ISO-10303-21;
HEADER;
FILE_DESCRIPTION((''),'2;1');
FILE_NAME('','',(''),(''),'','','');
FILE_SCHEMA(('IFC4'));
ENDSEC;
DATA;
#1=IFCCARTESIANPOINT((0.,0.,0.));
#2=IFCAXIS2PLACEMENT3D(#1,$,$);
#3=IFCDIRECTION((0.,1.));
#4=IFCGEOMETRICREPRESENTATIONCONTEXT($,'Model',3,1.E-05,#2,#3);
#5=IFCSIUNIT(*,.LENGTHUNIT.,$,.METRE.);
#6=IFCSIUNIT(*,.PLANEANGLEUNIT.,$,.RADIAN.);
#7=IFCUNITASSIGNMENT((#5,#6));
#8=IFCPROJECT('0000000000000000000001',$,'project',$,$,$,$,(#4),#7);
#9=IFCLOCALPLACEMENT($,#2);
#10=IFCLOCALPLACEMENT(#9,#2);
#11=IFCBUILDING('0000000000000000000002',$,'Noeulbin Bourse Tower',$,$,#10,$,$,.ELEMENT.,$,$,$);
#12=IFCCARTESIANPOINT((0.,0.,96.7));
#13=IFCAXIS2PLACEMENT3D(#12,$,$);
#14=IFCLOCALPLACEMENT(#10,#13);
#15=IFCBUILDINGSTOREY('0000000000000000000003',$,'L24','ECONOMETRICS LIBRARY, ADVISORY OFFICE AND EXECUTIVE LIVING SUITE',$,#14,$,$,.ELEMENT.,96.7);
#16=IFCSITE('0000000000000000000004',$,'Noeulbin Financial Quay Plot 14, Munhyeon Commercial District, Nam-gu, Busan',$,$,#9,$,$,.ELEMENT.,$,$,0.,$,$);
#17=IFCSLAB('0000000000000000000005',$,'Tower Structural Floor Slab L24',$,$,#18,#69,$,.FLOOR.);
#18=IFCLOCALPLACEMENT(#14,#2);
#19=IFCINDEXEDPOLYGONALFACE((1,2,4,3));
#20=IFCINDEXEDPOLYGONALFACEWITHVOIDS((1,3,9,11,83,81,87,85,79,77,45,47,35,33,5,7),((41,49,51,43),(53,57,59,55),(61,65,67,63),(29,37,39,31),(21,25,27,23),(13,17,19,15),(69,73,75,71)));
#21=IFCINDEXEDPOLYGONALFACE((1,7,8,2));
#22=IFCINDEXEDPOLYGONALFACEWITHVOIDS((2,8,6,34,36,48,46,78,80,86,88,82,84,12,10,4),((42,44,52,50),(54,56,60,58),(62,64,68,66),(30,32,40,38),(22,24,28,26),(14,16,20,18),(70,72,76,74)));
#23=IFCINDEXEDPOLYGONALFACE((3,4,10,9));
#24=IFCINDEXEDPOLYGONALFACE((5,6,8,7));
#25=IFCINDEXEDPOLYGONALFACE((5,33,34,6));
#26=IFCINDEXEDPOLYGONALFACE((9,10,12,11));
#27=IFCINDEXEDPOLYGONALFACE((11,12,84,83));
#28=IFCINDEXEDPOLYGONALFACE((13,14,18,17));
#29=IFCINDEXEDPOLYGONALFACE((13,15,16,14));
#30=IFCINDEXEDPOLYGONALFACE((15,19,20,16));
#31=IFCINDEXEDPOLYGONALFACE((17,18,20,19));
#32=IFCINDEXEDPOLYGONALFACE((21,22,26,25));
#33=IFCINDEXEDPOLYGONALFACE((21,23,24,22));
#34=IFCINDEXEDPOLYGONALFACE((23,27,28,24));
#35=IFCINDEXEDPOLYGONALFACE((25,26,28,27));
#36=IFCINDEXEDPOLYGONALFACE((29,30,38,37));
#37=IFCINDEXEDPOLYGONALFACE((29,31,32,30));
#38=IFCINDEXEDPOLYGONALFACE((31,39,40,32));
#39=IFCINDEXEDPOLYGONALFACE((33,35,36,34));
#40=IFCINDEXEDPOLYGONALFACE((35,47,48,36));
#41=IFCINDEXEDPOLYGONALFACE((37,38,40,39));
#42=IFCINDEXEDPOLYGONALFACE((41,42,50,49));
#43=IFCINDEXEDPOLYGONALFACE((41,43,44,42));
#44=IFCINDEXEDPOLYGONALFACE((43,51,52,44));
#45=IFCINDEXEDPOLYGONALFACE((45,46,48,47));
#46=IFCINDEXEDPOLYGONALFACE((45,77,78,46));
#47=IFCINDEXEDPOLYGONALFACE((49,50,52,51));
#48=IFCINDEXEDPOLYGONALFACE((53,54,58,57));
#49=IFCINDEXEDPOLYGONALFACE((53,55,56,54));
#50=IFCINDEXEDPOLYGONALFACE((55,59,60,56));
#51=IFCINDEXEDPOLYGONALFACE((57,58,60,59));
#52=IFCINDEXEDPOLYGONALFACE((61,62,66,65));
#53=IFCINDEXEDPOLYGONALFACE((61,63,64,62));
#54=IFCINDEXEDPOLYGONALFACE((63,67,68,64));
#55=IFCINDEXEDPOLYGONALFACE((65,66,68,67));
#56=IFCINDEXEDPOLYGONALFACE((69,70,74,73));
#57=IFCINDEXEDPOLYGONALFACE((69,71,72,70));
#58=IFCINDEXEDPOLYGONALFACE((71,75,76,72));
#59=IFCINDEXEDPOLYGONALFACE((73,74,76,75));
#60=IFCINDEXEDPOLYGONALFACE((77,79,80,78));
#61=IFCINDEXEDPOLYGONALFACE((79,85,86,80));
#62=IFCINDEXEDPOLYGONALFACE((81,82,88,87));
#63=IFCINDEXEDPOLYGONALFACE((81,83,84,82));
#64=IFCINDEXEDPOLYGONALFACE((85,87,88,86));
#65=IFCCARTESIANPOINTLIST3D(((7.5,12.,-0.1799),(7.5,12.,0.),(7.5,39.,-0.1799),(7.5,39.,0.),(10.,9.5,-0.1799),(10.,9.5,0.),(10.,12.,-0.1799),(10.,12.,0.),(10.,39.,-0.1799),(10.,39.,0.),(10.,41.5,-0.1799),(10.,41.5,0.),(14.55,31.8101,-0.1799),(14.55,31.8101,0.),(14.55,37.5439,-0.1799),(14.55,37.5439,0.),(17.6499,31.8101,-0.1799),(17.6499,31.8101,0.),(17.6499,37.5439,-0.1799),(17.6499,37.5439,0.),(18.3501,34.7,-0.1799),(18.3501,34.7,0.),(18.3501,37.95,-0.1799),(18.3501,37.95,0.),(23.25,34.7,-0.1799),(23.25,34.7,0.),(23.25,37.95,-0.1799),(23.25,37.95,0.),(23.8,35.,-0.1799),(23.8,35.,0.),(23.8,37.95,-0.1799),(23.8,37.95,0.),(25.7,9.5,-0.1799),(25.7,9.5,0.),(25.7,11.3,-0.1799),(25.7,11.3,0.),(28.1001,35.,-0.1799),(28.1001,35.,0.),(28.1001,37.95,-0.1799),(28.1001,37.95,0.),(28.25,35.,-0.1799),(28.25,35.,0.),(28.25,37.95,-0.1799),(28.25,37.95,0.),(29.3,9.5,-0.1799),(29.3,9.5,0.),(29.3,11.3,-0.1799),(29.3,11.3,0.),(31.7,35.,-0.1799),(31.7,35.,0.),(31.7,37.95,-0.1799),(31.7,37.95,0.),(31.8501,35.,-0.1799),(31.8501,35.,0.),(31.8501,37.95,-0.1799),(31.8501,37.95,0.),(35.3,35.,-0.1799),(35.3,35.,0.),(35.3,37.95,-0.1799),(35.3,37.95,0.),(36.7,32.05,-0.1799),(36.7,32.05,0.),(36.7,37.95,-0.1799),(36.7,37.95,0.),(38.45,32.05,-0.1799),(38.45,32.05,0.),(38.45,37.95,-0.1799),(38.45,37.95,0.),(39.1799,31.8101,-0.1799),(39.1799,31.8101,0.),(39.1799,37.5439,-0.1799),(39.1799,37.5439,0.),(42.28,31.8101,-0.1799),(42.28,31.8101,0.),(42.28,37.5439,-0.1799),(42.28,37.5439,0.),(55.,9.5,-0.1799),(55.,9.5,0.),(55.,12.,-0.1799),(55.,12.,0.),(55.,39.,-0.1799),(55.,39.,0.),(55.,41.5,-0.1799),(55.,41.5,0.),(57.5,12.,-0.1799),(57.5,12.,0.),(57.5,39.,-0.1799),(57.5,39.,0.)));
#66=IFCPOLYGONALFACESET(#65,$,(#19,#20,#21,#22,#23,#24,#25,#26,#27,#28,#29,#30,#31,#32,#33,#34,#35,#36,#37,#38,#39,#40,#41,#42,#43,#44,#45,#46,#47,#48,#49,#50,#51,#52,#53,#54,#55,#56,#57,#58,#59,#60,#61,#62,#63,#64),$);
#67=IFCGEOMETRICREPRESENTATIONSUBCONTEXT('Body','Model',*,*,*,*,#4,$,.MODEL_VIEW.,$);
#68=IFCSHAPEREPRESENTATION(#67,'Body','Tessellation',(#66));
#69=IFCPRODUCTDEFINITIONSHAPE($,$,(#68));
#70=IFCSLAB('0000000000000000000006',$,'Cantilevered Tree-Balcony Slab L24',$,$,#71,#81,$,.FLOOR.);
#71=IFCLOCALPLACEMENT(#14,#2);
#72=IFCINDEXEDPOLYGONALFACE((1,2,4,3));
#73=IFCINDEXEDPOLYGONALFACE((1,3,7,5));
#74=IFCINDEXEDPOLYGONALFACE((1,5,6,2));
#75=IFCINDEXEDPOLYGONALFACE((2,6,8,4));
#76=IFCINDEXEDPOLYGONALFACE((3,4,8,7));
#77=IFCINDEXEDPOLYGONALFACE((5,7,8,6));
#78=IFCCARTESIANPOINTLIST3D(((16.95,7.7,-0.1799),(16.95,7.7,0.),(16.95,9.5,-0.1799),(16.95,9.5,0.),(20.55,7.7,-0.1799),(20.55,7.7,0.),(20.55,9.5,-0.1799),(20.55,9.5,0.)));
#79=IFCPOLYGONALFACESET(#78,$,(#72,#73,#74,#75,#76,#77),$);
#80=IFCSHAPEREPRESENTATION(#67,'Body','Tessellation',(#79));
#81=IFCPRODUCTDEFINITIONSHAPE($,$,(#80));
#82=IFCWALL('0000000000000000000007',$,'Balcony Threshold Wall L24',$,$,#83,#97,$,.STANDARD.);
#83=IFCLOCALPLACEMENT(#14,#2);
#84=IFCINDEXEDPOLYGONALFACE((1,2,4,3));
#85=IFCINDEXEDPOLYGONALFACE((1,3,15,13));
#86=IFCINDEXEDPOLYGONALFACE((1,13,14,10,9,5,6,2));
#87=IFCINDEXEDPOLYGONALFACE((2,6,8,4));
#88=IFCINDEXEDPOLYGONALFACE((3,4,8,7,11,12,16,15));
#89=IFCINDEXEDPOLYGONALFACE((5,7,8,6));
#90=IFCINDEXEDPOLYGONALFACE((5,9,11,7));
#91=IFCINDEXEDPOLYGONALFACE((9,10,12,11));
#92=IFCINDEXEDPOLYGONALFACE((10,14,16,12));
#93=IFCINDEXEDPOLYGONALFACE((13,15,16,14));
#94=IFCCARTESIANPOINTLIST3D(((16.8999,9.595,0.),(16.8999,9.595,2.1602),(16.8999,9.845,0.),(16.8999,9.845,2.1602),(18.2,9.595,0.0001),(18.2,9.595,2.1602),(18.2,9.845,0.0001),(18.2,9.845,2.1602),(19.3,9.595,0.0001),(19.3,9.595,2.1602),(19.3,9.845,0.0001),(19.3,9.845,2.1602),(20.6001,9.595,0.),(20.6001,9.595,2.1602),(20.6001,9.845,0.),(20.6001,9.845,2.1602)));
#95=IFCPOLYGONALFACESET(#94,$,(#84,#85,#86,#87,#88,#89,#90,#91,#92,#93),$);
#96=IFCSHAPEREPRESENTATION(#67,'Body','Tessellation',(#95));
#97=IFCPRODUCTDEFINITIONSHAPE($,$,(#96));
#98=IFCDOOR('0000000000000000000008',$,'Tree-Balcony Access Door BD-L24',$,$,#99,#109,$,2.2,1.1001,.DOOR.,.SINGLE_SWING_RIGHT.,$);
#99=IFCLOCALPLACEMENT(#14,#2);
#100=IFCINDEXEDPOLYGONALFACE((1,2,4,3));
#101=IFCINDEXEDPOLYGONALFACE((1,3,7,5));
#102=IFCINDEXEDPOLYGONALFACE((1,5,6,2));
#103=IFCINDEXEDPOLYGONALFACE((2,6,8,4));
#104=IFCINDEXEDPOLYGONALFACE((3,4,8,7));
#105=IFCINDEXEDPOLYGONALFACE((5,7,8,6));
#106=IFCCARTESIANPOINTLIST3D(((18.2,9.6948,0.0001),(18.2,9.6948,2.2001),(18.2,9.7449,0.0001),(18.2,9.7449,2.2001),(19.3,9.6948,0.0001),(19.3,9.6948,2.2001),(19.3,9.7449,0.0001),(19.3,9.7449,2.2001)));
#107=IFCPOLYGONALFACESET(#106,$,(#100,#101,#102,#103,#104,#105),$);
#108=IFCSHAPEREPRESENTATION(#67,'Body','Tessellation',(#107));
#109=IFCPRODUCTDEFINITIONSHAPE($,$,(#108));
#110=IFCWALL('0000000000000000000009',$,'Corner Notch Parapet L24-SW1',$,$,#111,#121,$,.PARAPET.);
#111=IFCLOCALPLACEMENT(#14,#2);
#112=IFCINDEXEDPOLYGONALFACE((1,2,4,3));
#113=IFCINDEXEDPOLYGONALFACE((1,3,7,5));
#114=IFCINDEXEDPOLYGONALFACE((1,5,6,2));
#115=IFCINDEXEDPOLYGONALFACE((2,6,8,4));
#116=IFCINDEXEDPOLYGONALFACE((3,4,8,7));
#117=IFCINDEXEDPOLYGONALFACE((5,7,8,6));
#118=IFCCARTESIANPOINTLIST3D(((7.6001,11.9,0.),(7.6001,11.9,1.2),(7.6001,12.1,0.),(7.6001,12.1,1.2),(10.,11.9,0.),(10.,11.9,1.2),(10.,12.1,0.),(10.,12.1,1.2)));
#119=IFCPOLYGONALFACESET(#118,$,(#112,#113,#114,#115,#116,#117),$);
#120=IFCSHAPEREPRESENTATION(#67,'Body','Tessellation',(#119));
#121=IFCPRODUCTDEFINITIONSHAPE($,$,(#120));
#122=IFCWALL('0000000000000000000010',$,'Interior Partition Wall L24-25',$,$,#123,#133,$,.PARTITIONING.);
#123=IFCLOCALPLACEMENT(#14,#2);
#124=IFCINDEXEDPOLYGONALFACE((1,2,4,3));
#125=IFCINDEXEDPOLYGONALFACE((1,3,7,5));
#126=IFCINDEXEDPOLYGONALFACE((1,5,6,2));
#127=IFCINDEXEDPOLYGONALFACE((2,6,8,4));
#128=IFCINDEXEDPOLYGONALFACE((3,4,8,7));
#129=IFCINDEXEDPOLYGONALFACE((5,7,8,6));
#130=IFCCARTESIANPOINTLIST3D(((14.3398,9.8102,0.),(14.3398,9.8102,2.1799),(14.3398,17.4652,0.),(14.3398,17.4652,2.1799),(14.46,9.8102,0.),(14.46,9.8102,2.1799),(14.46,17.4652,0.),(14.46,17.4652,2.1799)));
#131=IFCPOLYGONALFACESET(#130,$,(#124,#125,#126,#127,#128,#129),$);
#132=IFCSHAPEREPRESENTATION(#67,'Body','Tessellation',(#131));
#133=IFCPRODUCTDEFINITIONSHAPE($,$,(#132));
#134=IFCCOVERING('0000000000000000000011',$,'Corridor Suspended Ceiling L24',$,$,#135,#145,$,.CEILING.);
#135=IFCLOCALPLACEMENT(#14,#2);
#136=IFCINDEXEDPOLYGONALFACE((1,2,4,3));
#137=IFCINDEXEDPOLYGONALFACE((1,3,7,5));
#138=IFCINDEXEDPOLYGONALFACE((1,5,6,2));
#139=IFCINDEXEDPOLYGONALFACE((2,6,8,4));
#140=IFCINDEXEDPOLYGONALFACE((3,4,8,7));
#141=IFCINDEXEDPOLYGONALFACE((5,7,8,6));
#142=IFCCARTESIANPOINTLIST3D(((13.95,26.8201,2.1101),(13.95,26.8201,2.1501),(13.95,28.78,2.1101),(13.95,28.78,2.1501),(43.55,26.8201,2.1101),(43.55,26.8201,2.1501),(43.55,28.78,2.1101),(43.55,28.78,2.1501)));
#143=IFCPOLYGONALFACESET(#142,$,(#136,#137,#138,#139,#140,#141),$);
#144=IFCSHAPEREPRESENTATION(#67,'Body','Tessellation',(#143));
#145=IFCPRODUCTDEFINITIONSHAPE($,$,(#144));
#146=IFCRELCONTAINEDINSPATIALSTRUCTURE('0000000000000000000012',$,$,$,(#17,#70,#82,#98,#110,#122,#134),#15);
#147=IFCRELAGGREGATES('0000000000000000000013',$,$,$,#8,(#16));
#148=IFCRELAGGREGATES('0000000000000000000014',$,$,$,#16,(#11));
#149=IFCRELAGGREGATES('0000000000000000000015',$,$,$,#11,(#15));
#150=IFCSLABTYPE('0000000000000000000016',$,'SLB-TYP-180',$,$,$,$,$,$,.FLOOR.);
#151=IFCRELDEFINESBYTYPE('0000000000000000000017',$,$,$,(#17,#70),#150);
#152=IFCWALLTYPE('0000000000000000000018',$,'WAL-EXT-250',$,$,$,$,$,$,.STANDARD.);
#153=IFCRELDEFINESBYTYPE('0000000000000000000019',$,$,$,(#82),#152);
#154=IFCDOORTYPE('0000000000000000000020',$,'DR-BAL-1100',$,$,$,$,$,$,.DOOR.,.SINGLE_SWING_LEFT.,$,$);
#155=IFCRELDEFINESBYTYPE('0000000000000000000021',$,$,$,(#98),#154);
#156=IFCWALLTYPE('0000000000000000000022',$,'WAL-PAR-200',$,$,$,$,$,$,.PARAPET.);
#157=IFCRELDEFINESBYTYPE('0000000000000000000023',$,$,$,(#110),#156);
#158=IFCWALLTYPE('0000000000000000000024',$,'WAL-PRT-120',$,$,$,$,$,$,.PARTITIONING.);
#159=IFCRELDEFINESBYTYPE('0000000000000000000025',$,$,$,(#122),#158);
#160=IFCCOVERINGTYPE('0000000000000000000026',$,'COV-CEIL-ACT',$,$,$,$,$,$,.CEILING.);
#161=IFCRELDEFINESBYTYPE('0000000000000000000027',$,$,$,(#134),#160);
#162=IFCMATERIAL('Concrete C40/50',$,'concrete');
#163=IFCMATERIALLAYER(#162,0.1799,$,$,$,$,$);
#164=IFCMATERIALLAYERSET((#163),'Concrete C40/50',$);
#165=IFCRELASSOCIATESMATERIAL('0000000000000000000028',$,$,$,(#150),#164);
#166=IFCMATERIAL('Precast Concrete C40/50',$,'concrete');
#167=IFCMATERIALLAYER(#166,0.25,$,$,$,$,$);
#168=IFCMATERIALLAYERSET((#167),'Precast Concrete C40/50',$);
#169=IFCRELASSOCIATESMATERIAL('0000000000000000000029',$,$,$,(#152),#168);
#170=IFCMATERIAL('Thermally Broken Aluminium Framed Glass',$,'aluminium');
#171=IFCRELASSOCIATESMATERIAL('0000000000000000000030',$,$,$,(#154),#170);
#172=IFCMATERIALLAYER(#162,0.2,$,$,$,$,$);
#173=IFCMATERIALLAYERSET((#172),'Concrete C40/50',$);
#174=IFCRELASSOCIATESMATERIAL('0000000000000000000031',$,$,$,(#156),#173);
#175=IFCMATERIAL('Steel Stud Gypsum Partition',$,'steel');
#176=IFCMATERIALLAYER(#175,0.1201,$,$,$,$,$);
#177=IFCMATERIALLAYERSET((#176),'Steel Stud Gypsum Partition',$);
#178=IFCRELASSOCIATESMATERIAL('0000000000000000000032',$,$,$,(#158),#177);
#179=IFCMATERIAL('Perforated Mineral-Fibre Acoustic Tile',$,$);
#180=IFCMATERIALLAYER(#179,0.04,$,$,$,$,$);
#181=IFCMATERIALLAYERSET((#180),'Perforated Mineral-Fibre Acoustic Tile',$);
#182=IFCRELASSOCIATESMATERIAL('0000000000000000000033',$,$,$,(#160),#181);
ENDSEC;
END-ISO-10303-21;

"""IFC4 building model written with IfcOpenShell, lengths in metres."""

from ifc_helpers import new_model, si_unit, direction, frame, frame_2d, origin, place, context, subcontext, project, spatial, polyline, rectangle, outline, extrude, material, layer, layer_set, type_object, element, fill, save


model = new_model("IFC4")

# Units and contexts
model_context = context("Model", 3, precision=1e-05, world=origin(), true_north=direction((0.0, 1.0)))
body_context = subcontext(model_context, "Body", "Model", "MODEL_VIEW")
ifc_project = project(units=[si_unit("LENGTHUNIT", "METRE"), si_unit("PLANEANGLEUNIT", "RADIAN")], contexts=[model_context])

# Site, building, storey
site_placement = place(None, origin())
site = spatial("IfcSite", under=ifc_project, at=site_placement, Name="Noeulbin Financial Quay Plot 14, Munhyeon Commercial District, Nam-gu, Busan", CompositionType="ELEMENT", RefElevation=0.0)
building_placement = place(site_placement, origin())
building = spatial("IfcBuilding", under=site, at=building_placement, Name="Noeulbin Bourse Tower", CompositionType="ELEMENT")
storey_placement = place(building_placement, frame((0.0, 0.0, 96.7)))
storey = spatial("IfcBuildingStorey", under=building, at=storey_placement, Name="L24", Description="ECONOMETRICS LIBRARY, ADVISORY OFFICE AND EXECUTIVE LIVING SUITE", CompositionType="ELEMENT", Elevation=96.7)

# Shared definitions
ifc_material_1 = material(Name="Concrete C40/50", Category="concrete")

# Slab, openings
ifc_layer_1 = layer(ifc_material_1, 0.1799)
ifc_layer_set_1 = layer_set([ifc_layer_1], Name="Concrete C40/50")
slab_type_1 = type_object("IfcSlabType", Name="SLB-TYP-180", PredefinedType="FLOOR", material=ifc_layer_set_1)
slab_1_placement = place(storey_placement, frame((0.0, 0.0, -0.1799)))
slab_1 = element("IfcSlab", 1, at=slab_1_placement, inside=storey, type_object=slab_type_1, Name="Tower Structural Floor Slab L24", PredefinedType="FLOOR", context=body_context, shape_type="SweptSolid", body=[
    extrude(outline(polyline([(10.0, 9.5), (25.7, 9.5), (25.7, 11.3), (29.3, 11.3), (29.3, 9.5), (55.0, 9.5), (55.0, 12.0), (57.5, 12.0), (57.5, 39.0), (55.0, 39.0), (55.0, 41.5), (10.0, 41.5), (10.0, 39.0), (7.5, 39.0), (7.5, 12.0), (10.0, 12.0), (10.0, 9.5)]), holes=[polyline([(17.6499, 31.8101), (17.6499, 37.5439), (14.55, 37.5439), (14.55, 31.8101), (17.6499, 31.8101)]), polyline([(42.28, 31.8101), (42.28, 37.5439), (39.1799, 37.5439), (39.1799, 31.8101), (42.28, 31.8101)]), polyline([(18.3501, 34.7), (23.25, 34.7), (23.25, 37.95), (18.3501, 37.95), (18.3501, 34.7)]), polyline([(36.7, 32.05), (38.45, 32.05), (38.45, 37.95), (36.7, 37.95), (36.7, 32.05)]), polyline([(23.8, 35.0), (28.1001, 35.0), (28.1001, 37.95), (23.8, 37.95), (23.8, 35.0)]), polyline([(28.25, 35.0), (31.7, 35.0), (31.7, 37.95), (28.25, 37.95), (28.25, 35.0)]), polyline([(31.8501, 35.0), (35.3, 35.0), (35.3, 37.95), (31.8501, 37.95), (31.8501, 35.0)])]), origin(), (0.0, 0.0, 1.0), 0.1799),
])
opening_1_placement = place(slab_1_placement, frame((0.0, 0.0, -0.01)))
element("IfcOpeningElement", 2, at=opening_1_placement, cuts=slab_1, PredefinedType="OPENING", context=body_context, shape_type="SweptSolid", body=[
    extrude(outline(polyline([(17.6499, 31.8101), (17.6499, 37.5439), (14.55, 37.5439), (14.55, 31.8101), (17.6499, 31.8101)])), origin(), (0.0, 0.0, 1.0), 0.2),
])
opening_2_placement = place(slab_1_placement, frame((0.0, 0.0, -0.01)))
element("IfcOpeningElement", 3, at=opening_2_placement, cuts=slab_1, PredefinedType="OPENING", context=body_context, shape_type="SweptSolid", body=[
    extrude(outline(polyline([(42.28, 31.8101), (42.28, 37.5439), (39.1799, 37.5439), (39.1799, 31.8101), (42.28, 31.8101)])), origin(), (0.0, 0.0, 1.0), 0.2),
])
opening_3_placement = place(slab_1_placement, frame((0.0, 0.0, -0.01)))
element("IfcOpeningElement", 4, at=opening_3_placement, cuts=slab_1, PredefinedType="OPENING", context=body_context, shape_type="SweptSolid", body=[
    extrude(outline(polyline([(18.3501, 34.7), (23.25, 34.7), (23.25, 37.95), (18.3501, 37.95), (18.3501, 34.7)])), origin(), (0.0, 0.0, 1.0), 0.2),
])
opening_4_placement = place(slab_1_placement, frame((0.0, 0.0, -0.01)))
element("IfcOpeningElement", 5, at=opening_4_placement, cuts=slab_1, PredefinedType="OPENING", context=body_context, shape_type="SweptSolid", body=[
    extrude(outline(polyline([(36.7, 32.05), (38.45, 32.05), (38.45, 37.95), (36.7, 37.95), (36.7, 32.05)])), origin(), (0.0, 0.0, 1.0), 0.2),
])
opening_5_placement = place(slab_1_placement, frame((0.0, 0.0, -0.01)))
element("IfcOpeningElement", 6, at=opening_5_placement, cuts=slab_1, PredefinedType="OPENING", context=body_context, shape_type="SweptSolid", body=[
    extrude(outline(polyline([(23.8, 35.0), (28.1001, 35.0), (28.1001, 37.95), (23.8, 37.95), (23.8, 35.0)])), origin(), (0.0, 0.0, 1.0), 0.2),
])
opening_6_placement = place(slab_1_placement, frame((0.0, 0.0, -0.01)))
element("IfcOpeningElement", 7, at=opening_6_placement, cuts=slab_1, PredefinedType="OPENING", context=body_context, shape_type="SweptSolid", body=[
    extrude(outline(polyline([(28.25, 35.0), (31.7, 35.0), (31.7, 37.95), (28.25, 37.95), (28.25, 35.0)])), origin(), (0.0, 0.0, 1.0), 0.2),
])
opening_7_placement = place(slab_1_placement, frame((0.0, 0.0, -0.01)))
element("IfcOpeningElement", 8, at=opening_7_placement, cuts=slab_1, PredefinedType="OPENING", context=body_context, shape_type="SweptSolid", body=[
    extrude(outline(polyline([(31.8501, 35.0), (35.3, 35.0), (35.3, 37.95), (31.8501, 37.95), (31.8501, 35.0)])), origin(), (0.0, 0.0, 1.0), 0.2),
])

# Slab
slab_2_placement = place(storey_placement, frame((0.0, 0.0, -0.1799)))
element("IfcSlab", 9, at=slab_2_placement, inside=storey, type_object=slab_type_1, Name="Cantilevered Tree-Balcony Slab L24", PredefinedType="FLOOR", context=body_context, shape_type="SweptSolid", body=[
    extrude(outline(polyline([(16.95, 7.7), (20.55, 7.7), (20.55, 9.5), (16.95, 9.5), (16.95, 7.7)])), origin(), (0.0, 0.0, 1.0), 0.1799),
])

# Wall, opening, door
ifc_material_2 = material(Name="Precast Concrete C40/50", Category="concrete")
ifc_layer_2 = layer(ifc_material_2, 0.25)
ifc_layer_set_2 = layer_set([ifc_layer_2], Name="Precast Concrete C40/50")
wall_type_1 = type_object("IfcWallType", Name="WAL-EXT-250", PredefinedType="STANDARD", material=ifc_layer_set_2)
wall_1_placement = place(storey_placement, frame((16.8999, 9.72, 0.0), z_axis=(0.0, 0.0, 1.0), x_axis=(1.0, 0.0, 0.0)))
wall_1 = element("IfcWall", 10, at=wall_1_placement, inside=storey, type_object=wall_type_1, Name="Balcony Threshold Wall L24", PredefinedType="STANDARD", context=body_context, shape_type="SweptSolid", body=[
    extrude(rectangle(XDim=3.7002, YDim=0.25, at=frame_2d((1.8501, 0.0))), origin(), (0.0, 0.0, 1.0), 2.1602),
])
opening_8_placement = place(wall_1_placement, frame((1.3, 0.0, 0.0)))
opening_8 = element("IfcOpeningElement", 11, at=opening_8_placement, cuts=wall_1, PredefinedType="OPENING", context=body_context, shape_type="SweptSolid", body=[
    extrude(rectangle(XDim=1.1001, YDim=2.2, at=frame_2d((0.55, 1.1001))), frame((0.0, 0.135, 0.0), z_axis=(0.0, -1.0, 0.0), x_axis=(1.0, 0.0, 0.0)), (0.0, 0.0, 1.0), 0.27),
])
ifc_material_3 = material(Name="Thermally Broken Aluminium Framed Glass", Category="aluminium")
door_type = type_object("IfcDoorType", Name="DR-BAL-1100", OperationType="SINGLE_SWING_LEFT", PredefinedType="DOOR", material=ifc_material_3)
door_placement = place(opening_8_placement, origin())
door = element("IfcDoor", 12, at=door_placement, inside=storey, type_object=door_type, Name="Tree-Balcony Access Door BD-L24", OperationType="SINGLE_SWING_RIGHT", OverallHeight=2.2, OverallWidth=1.1001, PredefinedType="DOOR", context=body_context, shape_type="SweptSolid", body=[
    extrude(rectangle(XDim=1.1001, YDim=2.2, at=frame_2d((0.55, 1.1001))), frame((0.0, 0.0249, 0.0), z_axis=(0.0, -1.0, 0.0), x_axis=(1.0, 0.0, 0.0)), (0.0, 0.0, 1.0), 0.05),
])
fill(opening_8, door)

# Walls
ifc_layer_3 = layer(ifc_material_1, 0.2)
ifc_layer_set_3 = layer_set([ifc_layer_3], Name="Concrete C40/50")
wall_type_2 = type_object("IfcWallType", Name="WAL-PAR-200", PredefinedType="PARAPET", material=ifc_layer_set_3)
wall_2_placement = place(storey_placement, frame((7.6001, 12.0, 0.0), z_axis=(0.0, 0.0, 1.0), x_axis=(1.0, 0.0, 0.0)))
element("IfcWall", 13, at=wall_2_placement, inside=storey, type_object=wall_type_2, Name="Corner Notch Parapet L24-SW1", PredefinedType="PARAPET", context=body_context, shape_type="SweptSolid", body=[
    extrude(rectangle(XDim=2.3999, YDim=0.2, at=frame_2d((1.2, 0.0))), origin(), (0.0, 0.0, 1.0), 1.2),
])
ifc_material_4 = material(Name="Steel Stud Gypsum Partition", Category="steel")
ifc_layer_4 = layer(ifc_material_4, 0.1201)
ifc_layer_set_4 = layer_set([ifc_layer_4], Name="Steel Stud Gypsum Partition")
wall_type_3 = type_object("IfcWallType", Name="WAL-PRT-120", PredefinedType="PARTITIONING", material=ifc_layer_set_4)
wall_3_placement = place(storey_placement, frame((14.3999, 9.8101, 0.0), z_axis=(0.0, 0.0, 1.0), x_axis=(0.0, 1.0, 0.0)))
element("IfcWall", 14, at=wall_3_placement, inside=storey, type_object=wall_type_3, Name="Interior Partition Wall L24-25", PredefinedType="PARTITIONING", context=body_context, shape_type="SweptSolid", body=[
    extrude(rectangle(XDim=7.655, YDim=0.1201, at=frame_2d((3.8276, 0.0))), origin(), (0.0, 0.0, 1.0), 2.1799),
])

# Covering
ifc_material_5 = material(Name="Perforated Mineral-Fibre Acoustic Tile")
ifc_layer_5 = layer(ifc_material_5, 0.04)
ifc_layer_set_5 = layer_set([ifc_layer_5], Name="Perforated Mineral-Fibre Acoustic Tile")
covering_type = type_object("IfcCoveringType", Name="COV-CEIL-ACT", PredefinedType="CEILING", material=ifc_layer_set_5)
covering_1_placement = place(storey_placement, frame((0.0, 0.0, 2.1101)))
element("IfcCovering", 15, at=covering_1_placement, inside=storey, type_object=covering_type, Name="Corridor Suspended Ceiling L24", PredefinedType="CEILING", context=body_context, shape_type="SweptSolid", body=[
    extrude(outline(polyline([(13.95, 26.8201), (43.55, 26.8201), (43.55, 28.78), (13.95, 28.78), (13.95, 26.8201)])), origin(), (0.0, 0.0, 1.0), 0.04),
])

save(model, "model.ifc")
